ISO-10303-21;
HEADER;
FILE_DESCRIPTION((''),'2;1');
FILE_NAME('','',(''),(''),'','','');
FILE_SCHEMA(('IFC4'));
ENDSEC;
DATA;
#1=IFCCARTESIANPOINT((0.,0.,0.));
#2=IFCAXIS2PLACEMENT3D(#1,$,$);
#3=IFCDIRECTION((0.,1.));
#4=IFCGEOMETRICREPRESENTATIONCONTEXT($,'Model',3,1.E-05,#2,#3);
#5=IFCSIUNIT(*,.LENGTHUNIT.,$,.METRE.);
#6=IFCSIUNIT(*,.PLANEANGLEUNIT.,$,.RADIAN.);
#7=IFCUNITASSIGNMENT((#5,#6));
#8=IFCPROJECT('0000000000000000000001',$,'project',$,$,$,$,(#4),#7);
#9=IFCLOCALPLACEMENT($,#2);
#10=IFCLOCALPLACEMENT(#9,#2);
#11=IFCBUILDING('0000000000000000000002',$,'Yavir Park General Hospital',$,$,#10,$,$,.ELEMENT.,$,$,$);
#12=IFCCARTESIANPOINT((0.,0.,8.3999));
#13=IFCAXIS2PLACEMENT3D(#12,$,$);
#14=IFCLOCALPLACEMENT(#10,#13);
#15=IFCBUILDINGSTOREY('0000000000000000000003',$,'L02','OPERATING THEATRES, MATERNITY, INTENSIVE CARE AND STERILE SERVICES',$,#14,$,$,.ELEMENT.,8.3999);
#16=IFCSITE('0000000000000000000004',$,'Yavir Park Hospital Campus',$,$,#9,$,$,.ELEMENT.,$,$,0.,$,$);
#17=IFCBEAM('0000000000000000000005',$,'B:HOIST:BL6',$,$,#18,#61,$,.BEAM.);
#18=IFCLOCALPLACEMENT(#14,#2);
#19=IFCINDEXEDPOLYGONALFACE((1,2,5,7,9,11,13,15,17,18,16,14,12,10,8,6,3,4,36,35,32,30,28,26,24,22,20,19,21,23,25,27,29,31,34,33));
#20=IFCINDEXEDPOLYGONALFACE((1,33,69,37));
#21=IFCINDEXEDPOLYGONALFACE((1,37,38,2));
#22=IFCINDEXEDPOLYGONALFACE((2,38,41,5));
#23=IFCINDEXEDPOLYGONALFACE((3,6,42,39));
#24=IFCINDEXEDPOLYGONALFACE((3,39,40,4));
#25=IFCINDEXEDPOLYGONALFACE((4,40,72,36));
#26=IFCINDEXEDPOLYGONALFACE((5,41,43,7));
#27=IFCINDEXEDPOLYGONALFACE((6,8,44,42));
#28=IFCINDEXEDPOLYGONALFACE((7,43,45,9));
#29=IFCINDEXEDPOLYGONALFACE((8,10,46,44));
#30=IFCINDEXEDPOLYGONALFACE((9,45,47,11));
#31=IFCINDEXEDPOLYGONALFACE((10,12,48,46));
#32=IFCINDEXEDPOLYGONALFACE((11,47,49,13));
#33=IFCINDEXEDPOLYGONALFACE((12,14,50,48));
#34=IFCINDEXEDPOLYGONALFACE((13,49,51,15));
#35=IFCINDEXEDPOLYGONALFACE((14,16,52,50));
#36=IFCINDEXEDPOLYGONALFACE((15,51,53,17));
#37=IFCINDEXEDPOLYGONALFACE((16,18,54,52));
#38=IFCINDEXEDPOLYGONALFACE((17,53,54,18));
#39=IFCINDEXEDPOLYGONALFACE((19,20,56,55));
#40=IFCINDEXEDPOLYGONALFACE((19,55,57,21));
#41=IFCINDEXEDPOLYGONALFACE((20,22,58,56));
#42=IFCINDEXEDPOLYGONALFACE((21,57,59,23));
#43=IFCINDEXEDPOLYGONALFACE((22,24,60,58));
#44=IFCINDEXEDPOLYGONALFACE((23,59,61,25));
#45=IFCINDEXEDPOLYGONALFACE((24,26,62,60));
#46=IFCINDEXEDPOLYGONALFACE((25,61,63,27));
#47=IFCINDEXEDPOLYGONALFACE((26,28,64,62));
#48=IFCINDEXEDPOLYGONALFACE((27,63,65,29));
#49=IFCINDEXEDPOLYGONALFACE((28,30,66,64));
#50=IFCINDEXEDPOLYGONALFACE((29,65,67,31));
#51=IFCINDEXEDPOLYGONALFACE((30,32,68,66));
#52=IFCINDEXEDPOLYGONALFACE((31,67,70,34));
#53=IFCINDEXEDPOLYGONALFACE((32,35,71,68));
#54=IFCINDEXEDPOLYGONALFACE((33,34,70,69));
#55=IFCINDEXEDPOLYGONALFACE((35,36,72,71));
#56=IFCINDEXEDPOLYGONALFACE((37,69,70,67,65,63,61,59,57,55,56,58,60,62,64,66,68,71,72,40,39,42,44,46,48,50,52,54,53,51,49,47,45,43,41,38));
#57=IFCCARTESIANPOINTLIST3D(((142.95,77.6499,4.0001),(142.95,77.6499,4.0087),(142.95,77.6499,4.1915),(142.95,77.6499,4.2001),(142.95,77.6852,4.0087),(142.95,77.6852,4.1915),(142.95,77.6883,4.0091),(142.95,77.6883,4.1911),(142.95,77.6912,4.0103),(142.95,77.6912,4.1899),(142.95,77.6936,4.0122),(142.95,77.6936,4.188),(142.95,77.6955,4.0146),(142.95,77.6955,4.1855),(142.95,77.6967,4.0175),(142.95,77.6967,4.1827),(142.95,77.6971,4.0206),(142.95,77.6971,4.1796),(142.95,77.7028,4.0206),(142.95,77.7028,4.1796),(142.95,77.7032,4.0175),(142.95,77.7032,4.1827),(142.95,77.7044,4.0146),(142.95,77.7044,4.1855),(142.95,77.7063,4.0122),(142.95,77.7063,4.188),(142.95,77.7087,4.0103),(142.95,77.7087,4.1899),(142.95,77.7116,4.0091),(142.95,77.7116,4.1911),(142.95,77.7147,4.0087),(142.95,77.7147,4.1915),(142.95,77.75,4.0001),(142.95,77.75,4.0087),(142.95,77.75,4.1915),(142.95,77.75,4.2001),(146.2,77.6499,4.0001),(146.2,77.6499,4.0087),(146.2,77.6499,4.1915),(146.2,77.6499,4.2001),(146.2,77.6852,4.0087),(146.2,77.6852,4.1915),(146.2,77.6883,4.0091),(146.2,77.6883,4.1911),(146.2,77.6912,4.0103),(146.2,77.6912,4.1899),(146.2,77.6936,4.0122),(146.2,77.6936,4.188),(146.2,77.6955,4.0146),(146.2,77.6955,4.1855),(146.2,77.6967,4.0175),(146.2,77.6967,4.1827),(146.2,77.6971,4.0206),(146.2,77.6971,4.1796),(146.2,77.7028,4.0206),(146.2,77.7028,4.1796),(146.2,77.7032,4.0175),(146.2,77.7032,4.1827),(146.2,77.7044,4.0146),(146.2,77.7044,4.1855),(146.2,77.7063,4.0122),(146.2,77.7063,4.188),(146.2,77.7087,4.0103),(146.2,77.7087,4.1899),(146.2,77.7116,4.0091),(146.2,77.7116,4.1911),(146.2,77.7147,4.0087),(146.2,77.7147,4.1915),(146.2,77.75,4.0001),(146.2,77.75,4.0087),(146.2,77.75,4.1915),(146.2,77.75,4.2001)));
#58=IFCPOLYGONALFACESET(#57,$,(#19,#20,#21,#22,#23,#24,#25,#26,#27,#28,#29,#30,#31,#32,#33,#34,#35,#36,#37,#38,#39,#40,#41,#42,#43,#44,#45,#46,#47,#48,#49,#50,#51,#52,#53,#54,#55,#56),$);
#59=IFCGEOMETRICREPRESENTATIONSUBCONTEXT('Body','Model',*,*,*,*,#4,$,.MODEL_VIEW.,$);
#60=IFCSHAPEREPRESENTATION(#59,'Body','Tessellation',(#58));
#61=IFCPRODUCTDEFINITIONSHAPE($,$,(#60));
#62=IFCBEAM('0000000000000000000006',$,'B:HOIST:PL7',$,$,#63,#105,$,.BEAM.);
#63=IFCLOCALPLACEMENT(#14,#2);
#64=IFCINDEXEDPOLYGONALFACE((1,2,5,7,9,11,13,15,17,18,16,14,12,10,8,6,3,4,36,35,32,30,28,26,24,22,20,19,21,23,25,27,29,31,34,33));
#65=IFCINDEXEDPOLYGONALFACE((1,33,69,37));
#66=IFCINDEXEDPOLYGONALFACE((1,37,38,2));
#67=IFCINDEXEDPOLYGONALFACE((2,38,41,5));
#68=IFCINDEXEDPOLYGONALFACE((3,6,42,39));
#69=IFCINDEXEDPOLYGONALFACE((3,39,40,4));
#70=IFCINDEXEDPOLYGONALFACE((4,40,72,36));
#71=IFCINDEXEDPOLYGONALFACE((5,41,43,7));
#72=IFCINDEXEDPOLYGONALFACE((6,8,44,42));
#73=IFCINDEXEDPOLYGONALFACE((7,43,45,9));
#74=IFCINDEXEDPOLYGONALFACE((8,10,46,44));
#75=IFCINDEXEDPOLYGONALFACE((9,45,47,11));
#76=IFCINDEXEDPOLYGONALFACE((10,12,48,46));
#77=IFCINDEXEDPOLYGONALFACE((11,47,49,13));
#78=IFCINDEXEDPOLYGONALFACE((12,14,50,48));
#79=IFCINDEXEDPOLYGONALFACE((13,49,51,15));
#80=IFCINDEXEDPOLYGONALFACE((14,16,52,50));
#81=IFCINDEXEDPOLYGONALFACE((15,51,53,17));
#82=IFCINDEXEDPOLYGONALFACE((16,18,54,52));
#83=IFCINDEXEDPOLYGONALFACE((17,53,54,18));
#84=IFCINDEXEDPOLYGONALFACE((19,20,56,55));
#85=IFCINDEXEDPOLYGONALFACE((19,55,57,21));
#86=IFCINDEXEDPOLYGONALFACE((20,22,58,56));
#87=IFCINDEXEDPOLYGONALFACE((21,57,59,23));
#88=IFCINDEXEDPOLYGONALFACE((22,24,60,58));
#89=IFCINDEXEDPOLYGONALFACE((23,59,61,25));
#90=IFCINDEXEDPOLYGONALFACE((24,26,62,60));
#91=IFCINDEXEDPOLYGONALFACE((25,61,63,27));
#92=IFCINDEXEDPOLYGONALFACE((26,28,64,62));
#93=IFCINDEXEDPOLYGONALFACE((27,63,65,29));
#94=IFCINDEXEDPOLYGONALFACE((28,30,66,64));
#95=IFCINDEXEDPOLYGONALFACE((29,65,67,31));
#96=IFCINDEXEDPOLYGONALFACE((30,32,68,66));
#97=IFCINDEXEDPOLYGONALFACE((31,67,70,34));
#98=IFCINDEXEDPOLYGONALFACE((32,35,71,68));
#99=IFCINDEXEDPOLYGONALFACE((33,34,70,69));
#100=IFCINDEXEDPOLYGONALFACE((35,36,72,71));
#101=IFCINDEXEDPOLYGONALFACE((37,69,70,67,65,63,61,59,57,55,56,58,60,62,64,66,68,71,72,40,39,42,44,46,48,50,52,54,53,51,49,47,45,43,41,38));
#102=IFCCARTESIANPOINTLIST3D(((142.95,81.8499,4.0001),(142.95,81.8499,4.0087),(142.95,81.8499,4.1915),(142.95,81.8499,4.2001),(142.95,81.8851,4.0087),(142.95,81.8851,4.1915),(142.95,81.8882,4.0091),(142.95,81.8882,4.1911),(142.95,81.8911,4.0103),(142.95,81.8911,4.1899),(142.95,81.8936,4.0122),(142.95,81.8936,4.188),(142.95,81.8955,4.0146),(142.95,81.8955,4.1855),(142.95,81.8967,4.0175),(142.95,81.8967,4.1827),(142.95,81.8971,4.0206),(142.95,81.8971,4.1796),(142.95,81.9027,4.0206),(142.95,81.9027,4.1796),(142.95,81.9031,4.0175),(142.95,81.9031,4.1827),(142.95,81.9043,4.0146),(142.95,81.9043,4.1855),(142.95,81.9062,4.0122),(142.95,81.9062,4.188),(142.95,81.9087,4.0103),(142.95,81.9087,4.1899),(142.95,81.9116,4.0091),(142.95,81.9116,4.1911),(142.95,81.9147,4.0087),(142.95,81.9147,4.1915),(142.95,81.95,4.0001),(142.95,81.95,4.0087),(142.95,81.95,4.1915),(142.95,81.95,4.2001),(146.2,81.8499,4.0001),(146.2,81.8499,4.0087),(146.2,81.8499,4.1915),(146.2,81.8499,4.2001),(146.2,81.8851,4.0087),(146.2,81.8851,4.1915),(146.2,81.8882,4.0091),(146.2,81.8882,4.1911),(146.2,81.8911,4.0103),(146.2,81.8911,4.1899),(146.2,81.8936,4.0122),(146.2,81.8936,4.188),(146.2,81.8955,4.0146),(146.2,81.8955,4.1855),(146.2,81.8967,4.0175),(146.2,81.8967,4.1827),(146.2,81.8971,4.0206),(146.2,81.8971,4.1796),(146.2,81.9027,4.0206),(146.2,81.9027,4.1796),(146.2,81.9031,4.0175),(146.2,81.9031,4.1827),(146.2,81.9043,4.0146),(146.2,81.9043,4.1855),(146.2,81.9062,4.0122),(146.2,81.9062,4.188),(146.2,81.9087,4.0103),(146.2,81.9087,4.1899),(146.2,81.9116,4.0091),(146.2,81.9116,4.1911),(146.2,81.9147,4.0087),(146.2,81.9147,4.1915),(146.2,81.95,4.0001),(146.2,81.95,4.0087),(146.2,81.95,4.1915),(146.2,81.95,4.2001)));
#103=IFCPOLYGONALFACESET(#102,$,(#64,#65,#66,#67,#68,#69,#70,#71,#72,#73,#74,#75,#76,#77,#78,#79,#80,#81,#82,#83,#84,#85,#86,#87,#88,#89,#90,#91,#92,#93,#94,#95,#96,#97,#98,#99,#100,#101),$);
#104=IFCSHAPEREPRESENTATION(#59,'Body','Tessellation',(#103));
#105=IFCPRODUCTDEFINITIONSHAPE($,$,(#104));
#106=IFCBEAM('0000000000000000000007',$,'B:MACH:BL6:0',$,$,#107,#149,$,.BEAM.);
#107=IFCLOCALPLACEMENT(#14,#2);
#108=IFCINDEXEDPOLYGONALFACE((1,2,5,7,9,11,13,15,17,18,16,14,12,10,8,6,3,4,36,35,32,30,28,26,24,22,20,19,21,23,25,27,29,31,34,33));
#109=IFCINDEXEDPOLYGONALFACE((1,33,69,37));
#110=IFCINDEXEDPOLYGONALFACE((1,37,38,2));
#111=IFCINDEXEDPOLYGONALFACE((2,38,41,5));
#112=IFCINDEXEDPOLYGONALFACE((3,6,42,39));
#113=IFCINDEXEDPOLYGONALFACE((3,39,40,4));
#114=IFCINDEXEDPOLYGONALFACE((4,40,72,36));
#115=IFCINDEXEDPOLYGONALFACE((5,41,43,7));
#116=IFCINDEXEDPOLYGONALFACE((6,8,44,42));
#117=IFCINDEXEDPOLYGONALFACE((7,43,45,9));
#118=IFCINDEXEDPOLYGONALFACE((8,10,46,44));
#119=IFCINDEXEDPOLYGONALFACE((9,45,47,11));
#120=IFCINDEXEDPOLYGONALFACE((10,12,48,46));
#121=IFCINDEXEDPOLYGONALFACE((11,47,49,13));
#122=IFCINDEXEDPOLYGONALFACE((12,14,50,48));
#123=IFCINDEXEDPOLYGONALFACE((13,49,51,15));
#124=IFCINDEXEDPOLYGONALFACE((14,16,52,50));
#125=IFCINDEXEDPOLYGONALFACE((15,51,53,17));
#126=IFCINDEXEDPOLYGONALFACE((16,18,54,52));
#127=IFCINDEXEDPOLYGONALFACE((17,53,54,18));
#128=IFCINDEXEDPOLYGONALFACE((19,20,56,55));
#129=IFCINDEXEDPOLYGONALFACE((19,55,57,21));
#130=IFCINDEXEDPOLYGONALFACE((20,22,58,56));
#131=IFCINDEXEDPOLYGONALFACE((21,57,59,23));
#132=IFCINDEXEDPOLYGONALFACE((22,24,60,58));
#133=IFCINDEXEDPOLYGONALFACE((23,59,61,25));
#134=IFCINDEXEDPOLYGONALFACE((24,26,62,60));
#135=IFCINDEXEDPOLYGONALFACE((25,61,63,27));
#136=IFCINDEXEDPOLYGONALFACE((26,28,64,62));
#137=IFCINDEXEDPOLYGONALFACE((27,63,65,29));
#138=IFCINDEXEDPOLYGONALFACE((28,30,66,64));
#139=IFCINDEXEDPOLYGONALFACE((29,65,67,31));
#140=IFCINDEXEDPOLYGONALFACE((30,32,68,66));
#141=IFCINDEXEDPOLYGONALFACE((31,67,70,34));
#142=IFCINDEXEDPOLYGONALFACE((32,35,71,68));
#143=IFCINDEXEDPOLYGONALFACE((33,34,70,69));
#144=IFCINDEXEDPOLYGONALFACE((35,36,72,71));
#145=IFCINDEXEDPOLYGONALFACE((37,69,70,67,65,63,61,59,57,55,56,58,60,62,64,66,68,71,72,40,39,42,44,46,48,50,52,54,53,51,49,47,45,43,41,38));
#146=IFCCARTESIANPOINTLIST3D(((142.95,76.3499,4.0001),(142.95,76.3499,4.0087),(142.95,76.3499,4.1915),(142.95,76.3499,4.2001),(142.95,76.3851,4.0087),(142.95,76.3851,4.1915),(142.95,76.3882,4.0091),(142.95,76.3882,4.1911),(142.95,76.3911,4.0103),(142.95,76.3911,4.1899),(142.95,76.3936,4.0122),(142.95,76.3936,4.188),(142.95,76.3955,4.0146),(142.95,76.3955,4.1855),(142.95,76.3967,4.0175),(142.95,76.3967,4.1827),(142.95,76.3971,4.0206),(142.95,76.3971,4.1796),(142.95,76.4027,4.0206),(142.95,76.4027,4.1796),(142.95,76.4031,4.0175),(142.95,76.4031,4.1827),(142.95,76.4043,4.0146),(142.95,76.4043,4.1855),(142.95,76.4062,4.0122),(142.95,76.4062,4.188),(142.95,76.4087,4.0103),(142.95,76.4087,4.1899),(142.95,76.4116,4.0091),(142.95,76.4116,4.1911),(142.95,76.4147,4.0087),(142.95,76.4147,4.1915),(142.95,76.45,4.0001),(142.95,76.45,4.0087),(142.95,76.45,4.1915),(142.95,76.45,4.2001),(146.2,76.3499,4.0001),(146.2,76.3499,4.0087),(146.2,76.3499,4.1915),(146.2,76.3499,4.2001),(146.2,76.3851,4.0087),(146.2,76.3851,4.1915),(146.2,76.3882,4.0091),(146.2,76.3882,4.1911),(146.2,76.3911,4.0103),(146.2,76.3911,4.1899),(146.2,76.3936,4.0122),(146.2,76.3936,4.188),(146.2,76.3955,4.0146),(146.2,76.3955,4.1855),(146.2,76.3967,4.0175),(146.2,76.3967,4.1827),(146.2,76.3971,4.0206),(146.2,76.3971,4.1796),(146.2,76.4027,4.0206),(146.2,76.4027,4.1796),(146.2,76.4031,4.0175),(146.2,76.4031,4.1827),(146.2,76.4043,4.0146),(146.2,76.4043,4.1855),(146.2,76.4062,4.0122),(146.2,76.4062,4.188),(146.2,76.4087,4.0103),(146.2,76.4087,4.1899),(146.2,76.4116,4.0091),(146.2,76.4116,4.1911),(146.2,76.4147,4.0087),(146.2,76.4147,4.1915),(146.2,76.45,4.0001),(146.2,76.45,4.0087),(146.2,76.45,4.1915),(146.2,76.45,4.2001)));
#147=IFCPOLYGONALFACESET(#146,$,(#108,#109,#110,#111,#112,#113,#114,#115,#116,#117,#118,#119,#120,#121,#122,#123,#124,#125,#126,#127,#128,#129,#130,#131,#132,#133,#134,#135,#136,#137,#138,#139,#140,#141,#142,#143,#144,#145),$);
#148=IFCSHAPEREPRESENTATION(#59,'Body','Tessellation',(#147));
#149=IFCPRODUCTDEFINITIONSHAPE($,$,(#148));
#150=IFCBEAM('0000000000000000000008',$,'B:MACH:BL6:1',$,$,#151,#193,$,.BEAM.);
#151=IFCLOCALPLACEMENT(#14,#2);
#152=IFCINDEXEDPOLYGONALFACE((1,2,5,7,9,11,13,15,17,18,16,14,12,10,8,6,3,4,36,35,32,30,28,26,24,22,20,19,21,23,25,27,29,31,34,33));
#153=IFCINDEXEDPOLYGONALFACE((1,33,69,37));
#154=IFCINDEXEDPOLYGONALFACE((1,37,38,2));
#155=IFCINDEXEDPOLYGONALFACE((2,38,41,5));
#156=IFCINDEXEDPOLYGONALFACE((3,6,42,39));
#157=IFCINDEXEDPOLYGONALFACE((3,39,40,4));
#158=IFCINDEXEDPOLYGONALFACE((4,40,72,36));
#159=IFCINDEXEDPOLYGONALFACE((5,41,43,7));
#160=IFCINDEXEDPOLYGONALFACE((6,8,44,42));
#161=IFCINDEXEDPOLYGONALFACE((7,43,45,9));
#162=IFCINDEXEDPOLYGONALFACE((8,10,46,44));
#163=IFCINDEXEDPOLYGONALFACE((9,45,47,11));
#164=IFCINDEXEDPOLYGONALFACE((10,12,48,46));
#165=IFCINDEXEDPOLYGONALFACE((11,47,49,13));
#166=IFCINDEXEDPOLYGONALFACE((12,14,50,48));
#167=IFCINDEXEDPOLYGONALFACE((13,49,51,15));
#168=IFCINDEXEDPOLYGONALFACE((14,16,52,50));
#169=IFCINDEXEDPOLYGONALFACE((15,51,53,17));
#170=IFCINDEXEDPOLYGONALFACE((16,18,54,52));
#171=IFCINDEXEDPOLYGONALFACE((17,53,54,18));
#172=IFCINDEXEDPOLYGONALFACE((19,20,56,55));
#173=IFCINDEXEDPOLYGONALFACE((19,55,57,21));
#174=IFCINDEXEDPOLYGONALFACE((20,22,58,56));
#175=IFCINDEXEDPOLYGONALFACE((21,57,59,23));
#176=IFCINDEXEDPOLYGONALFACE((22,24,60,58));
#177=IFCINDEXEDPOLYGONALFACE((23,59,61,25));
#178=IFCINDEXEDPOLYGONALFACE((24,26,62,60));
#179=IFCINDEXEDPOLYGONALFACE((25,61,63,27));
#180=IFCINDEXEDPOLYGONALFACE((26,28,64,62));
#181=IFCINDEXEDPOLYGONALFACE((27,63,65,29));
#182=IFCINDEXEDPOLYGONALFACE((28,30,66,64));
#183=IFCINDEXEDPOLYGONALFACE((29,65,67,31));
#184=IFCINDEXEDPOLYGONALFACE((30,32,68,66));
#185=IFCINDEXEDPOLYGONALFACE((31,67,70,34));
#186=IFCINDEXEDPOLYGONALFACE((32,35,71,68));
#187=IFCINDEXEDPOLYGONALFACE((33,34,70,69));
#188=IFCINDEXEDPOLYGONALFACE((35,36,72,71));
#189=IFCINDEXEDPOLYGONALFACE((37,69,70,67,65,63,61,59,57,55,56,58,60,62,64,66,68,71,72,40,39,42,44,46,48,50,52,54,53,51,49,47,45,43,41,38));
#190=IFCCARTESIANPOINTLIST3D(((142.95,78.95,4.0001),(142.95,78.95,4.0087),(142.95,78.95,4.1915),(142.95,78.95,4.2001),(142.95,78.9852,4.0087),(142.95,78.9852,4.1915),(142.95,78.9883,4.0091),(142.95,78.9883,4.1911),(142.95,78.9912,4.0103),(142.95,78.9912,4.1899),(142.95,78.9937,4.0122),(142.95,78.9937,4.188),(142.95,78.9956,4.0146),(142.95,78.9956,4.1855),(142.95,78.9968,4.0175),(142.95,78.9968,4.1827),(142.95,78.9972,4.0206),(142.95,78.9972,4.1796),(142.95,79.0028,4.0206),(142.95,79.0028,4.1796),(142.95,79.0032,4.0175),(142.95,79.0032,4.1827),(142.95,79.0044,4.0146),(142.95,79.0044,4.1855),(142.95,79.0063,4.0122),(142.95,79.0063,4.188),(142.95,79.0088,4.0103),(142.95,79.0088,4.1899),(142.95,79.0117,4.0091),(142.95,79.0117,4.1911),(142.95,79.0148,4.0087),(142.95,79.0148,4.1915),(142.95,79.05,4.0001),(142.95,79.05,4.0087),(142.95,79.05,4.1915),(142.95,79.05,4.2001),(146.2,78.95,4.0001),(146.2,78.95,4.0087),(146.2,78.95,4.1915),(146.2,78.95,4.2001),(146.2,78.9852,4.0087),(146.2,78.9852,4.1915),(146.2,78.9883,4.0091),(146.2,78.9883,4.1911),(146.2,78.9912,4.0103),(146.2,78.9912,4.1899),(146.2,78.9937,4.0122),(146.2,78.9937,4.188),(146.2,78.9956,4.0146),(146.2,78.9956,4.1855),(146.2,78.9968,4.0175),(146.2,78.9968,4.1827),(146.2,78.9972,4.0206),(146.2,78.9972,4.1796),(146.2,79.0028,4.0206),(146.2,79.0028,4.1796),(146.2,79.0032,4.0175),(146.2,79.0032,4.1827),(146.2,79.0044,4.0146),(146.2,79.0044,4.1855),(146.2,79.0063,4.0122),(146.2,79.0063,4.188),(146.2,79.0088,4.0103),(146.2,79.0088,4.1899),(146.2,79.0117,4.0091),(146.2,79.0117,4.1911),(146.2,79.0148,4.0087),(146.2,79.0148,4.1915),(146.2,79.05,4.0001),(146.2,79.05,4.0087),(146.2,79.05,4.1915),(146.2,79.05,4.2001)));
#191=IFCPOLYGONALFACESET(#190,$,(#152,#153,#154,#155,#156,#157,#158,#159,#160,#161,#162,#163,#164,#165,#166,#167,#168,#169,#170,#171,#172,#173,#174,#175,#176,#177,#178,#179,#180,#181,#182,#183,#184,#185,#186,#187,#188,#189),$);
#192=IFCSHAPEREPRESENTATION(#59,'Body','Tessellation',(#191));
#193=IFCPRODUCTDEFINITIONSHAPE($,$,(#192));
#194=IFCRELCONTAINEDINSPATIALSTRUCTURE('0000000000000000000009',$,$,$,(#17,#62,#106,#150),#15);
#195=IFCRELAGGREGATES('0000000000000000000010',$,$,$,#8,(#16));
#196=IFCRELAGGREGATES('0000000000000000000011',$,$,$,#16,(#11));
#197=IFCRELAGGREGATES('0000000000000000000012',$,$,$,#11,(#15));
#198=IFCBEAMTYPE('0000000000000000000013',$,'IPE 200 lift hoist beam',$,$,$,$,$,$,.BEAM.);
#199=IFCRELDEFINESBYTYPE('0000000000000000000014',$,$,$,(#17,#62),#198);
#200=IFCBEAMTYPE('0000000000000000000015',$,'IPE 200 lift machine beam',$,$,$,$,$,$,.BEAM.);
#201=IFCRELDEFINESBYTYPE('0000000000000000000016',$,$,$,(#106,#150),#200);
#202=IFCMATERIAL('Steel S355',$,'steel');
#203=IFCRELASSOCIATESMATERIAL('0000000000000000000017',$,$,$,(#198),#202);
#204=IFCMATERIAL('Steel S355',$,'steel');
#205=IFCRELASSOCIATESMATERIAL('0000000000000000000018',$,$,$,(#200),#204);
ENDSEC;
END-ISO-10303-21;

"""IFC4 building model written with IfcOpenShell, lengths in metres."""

from ifc_helpers import new_model, si_unit, direction, frame, origin, origin_2d, place, context, subcontext, project, spatial, i_section, extrude, material, material_profile, profile_set, type_object, element, save


model = new_model("IFC4")

# Units and contexts
model_context = context("Model", 3, precision=1e-05, world=origin(), true_north=direction((0.0, 1.0)))
body_context = subcontext(model_context, "Body", "Model", "MODEL_VIEW")
ifc_project = project(units=[si_unit("LENGTHUNIT", "METRE"), si_unit("PLANEANGLEUNIT", "RADIAN")], contexts=[model_context])

# Site, building, storey
site_placement = place(None, origin())
site = spatial("IfcSite", under=ifc_project, at=site_placement, Name="Yavir Park Hospital Campus", CompositionType="ELEMENT", RefElevation=0.0)
building_placement = place(site_placement, origin())
building = spatial("IfcBuilding", under=site, at=building_placement, Name="Yavir Park General Hospital", CompositionType="ELEMENT")
storey_placement = place(building_placement, frame((0.0, 0.0, 8.3999)))
storey = spatial("IfcBuildingStorey", under=building, at=storey_placement, Name="L02", Description="OPERATING THEATRES, MATERNITY, INTENSIVE CARE AND STERILE SERVICES", CompositionType="ELEMENT", Elevation=8.3999)

# Beams
ifc_material_1 = material(Name="Steel S355", Category="steel")
ifc_material_profile_1 = material_profile(ifc_material_1, i_section(OverallWidth=0.1001, OverallDepth=0.2, WebThickness=0.0056, FlangeThickness=0.0085, FilletRadius=0.012, at=origin_2d()), Name="IPE200")
ifc_profile_set_1 = profile_set([ifc_material_profile_1], Name="Steel S355")
beam_type_1 = type_object("IfcBeamType", Name="IPE 200 lift hoist beam", PredefinedType="BEAM", material=ifc_profile_set_1)
for number, where, z_axis, x_axis, name in (
    (1, (142.95, 77.7, 4.1001), (1.0, 0.0, 0.0), (0.0, 1.0, 0.0), "B:HOIST:BL6"),
    (2, (142.95, 81.8999, 4.1001), (1.0, 0.0, 0.0), (0.0, 1.0, 0.0), "B:HOIST:PL7"),
):
    element("IfcBeam", number, at=place(storey_placement, frame(where, z_axis=z_axis, x_axis=x_axis)), inside=storey, type_object=beam_type_1, Name=name, PredefinedType="BEAM", context=body_context, shape_type="SweptSolid", body=[
        extrude(i_section(OverallWidth=0.1001, OverallDepth=0.2, WebThickness=0.0056, FlangeThickness=0.0085, FilletRadius=0.012, at=origin_2d()), origin(), (0.0, 0.0, 1.0), 3.25),
    ])
ifc_material_2 = material(Name="Steel S355", Category="steel")
ifc_material_profile_2 = material_profile(ifc_material_2, i_section(OverallWidth=0.1001, OverallDepth=0.2, WebThickness=0.0056, FlangeThickness=0.0085, FilletRadius=0.012, at=origin_2d()), Name="IPE200")
ifc_profile_set_2 = profile_set([ifc_material_profile_2], Name="Steel S355")
beam_type_2 = type_object("IfcBeamType", Name="IPE 200 lift machine beam", PredefinedType="BEAM", material=ifc_profile_set_2)
for number, where, z_axis, x_axis, name in (
    (3, (142.95, 76.3999, 4.1001), (1.0, 0.0, 0.0), (0.0, 1.0, 0.0), "B:MACH:BL6:0"),
    (4, (142.95, 79.0, 4.1001), (1.0, 0.0, 0.0), (0.0, 1.0, 0.0), "B:MACH:BL6:1"),
):
    element("IfcBeam", number, at=place(storey_placement, frame(where, z_axis=z_axis, x_axis=x_axis)), inside=storey, type_object=beam_type_2, Name=name, PredefinedType="BEAM", context=body_context, shape_type="SweptSolid", body=[
        extrude(i_section(OverallWidth=0.1001, OverallDepth=0.2, WebThickness=0.0056, FlangeThickness=0.0085, FilletRadius=0.012, at=origin_2d()), origin(), (0.0, 0.0, 1.0), 3.25),
    ])

save(model, "model.ifc")
